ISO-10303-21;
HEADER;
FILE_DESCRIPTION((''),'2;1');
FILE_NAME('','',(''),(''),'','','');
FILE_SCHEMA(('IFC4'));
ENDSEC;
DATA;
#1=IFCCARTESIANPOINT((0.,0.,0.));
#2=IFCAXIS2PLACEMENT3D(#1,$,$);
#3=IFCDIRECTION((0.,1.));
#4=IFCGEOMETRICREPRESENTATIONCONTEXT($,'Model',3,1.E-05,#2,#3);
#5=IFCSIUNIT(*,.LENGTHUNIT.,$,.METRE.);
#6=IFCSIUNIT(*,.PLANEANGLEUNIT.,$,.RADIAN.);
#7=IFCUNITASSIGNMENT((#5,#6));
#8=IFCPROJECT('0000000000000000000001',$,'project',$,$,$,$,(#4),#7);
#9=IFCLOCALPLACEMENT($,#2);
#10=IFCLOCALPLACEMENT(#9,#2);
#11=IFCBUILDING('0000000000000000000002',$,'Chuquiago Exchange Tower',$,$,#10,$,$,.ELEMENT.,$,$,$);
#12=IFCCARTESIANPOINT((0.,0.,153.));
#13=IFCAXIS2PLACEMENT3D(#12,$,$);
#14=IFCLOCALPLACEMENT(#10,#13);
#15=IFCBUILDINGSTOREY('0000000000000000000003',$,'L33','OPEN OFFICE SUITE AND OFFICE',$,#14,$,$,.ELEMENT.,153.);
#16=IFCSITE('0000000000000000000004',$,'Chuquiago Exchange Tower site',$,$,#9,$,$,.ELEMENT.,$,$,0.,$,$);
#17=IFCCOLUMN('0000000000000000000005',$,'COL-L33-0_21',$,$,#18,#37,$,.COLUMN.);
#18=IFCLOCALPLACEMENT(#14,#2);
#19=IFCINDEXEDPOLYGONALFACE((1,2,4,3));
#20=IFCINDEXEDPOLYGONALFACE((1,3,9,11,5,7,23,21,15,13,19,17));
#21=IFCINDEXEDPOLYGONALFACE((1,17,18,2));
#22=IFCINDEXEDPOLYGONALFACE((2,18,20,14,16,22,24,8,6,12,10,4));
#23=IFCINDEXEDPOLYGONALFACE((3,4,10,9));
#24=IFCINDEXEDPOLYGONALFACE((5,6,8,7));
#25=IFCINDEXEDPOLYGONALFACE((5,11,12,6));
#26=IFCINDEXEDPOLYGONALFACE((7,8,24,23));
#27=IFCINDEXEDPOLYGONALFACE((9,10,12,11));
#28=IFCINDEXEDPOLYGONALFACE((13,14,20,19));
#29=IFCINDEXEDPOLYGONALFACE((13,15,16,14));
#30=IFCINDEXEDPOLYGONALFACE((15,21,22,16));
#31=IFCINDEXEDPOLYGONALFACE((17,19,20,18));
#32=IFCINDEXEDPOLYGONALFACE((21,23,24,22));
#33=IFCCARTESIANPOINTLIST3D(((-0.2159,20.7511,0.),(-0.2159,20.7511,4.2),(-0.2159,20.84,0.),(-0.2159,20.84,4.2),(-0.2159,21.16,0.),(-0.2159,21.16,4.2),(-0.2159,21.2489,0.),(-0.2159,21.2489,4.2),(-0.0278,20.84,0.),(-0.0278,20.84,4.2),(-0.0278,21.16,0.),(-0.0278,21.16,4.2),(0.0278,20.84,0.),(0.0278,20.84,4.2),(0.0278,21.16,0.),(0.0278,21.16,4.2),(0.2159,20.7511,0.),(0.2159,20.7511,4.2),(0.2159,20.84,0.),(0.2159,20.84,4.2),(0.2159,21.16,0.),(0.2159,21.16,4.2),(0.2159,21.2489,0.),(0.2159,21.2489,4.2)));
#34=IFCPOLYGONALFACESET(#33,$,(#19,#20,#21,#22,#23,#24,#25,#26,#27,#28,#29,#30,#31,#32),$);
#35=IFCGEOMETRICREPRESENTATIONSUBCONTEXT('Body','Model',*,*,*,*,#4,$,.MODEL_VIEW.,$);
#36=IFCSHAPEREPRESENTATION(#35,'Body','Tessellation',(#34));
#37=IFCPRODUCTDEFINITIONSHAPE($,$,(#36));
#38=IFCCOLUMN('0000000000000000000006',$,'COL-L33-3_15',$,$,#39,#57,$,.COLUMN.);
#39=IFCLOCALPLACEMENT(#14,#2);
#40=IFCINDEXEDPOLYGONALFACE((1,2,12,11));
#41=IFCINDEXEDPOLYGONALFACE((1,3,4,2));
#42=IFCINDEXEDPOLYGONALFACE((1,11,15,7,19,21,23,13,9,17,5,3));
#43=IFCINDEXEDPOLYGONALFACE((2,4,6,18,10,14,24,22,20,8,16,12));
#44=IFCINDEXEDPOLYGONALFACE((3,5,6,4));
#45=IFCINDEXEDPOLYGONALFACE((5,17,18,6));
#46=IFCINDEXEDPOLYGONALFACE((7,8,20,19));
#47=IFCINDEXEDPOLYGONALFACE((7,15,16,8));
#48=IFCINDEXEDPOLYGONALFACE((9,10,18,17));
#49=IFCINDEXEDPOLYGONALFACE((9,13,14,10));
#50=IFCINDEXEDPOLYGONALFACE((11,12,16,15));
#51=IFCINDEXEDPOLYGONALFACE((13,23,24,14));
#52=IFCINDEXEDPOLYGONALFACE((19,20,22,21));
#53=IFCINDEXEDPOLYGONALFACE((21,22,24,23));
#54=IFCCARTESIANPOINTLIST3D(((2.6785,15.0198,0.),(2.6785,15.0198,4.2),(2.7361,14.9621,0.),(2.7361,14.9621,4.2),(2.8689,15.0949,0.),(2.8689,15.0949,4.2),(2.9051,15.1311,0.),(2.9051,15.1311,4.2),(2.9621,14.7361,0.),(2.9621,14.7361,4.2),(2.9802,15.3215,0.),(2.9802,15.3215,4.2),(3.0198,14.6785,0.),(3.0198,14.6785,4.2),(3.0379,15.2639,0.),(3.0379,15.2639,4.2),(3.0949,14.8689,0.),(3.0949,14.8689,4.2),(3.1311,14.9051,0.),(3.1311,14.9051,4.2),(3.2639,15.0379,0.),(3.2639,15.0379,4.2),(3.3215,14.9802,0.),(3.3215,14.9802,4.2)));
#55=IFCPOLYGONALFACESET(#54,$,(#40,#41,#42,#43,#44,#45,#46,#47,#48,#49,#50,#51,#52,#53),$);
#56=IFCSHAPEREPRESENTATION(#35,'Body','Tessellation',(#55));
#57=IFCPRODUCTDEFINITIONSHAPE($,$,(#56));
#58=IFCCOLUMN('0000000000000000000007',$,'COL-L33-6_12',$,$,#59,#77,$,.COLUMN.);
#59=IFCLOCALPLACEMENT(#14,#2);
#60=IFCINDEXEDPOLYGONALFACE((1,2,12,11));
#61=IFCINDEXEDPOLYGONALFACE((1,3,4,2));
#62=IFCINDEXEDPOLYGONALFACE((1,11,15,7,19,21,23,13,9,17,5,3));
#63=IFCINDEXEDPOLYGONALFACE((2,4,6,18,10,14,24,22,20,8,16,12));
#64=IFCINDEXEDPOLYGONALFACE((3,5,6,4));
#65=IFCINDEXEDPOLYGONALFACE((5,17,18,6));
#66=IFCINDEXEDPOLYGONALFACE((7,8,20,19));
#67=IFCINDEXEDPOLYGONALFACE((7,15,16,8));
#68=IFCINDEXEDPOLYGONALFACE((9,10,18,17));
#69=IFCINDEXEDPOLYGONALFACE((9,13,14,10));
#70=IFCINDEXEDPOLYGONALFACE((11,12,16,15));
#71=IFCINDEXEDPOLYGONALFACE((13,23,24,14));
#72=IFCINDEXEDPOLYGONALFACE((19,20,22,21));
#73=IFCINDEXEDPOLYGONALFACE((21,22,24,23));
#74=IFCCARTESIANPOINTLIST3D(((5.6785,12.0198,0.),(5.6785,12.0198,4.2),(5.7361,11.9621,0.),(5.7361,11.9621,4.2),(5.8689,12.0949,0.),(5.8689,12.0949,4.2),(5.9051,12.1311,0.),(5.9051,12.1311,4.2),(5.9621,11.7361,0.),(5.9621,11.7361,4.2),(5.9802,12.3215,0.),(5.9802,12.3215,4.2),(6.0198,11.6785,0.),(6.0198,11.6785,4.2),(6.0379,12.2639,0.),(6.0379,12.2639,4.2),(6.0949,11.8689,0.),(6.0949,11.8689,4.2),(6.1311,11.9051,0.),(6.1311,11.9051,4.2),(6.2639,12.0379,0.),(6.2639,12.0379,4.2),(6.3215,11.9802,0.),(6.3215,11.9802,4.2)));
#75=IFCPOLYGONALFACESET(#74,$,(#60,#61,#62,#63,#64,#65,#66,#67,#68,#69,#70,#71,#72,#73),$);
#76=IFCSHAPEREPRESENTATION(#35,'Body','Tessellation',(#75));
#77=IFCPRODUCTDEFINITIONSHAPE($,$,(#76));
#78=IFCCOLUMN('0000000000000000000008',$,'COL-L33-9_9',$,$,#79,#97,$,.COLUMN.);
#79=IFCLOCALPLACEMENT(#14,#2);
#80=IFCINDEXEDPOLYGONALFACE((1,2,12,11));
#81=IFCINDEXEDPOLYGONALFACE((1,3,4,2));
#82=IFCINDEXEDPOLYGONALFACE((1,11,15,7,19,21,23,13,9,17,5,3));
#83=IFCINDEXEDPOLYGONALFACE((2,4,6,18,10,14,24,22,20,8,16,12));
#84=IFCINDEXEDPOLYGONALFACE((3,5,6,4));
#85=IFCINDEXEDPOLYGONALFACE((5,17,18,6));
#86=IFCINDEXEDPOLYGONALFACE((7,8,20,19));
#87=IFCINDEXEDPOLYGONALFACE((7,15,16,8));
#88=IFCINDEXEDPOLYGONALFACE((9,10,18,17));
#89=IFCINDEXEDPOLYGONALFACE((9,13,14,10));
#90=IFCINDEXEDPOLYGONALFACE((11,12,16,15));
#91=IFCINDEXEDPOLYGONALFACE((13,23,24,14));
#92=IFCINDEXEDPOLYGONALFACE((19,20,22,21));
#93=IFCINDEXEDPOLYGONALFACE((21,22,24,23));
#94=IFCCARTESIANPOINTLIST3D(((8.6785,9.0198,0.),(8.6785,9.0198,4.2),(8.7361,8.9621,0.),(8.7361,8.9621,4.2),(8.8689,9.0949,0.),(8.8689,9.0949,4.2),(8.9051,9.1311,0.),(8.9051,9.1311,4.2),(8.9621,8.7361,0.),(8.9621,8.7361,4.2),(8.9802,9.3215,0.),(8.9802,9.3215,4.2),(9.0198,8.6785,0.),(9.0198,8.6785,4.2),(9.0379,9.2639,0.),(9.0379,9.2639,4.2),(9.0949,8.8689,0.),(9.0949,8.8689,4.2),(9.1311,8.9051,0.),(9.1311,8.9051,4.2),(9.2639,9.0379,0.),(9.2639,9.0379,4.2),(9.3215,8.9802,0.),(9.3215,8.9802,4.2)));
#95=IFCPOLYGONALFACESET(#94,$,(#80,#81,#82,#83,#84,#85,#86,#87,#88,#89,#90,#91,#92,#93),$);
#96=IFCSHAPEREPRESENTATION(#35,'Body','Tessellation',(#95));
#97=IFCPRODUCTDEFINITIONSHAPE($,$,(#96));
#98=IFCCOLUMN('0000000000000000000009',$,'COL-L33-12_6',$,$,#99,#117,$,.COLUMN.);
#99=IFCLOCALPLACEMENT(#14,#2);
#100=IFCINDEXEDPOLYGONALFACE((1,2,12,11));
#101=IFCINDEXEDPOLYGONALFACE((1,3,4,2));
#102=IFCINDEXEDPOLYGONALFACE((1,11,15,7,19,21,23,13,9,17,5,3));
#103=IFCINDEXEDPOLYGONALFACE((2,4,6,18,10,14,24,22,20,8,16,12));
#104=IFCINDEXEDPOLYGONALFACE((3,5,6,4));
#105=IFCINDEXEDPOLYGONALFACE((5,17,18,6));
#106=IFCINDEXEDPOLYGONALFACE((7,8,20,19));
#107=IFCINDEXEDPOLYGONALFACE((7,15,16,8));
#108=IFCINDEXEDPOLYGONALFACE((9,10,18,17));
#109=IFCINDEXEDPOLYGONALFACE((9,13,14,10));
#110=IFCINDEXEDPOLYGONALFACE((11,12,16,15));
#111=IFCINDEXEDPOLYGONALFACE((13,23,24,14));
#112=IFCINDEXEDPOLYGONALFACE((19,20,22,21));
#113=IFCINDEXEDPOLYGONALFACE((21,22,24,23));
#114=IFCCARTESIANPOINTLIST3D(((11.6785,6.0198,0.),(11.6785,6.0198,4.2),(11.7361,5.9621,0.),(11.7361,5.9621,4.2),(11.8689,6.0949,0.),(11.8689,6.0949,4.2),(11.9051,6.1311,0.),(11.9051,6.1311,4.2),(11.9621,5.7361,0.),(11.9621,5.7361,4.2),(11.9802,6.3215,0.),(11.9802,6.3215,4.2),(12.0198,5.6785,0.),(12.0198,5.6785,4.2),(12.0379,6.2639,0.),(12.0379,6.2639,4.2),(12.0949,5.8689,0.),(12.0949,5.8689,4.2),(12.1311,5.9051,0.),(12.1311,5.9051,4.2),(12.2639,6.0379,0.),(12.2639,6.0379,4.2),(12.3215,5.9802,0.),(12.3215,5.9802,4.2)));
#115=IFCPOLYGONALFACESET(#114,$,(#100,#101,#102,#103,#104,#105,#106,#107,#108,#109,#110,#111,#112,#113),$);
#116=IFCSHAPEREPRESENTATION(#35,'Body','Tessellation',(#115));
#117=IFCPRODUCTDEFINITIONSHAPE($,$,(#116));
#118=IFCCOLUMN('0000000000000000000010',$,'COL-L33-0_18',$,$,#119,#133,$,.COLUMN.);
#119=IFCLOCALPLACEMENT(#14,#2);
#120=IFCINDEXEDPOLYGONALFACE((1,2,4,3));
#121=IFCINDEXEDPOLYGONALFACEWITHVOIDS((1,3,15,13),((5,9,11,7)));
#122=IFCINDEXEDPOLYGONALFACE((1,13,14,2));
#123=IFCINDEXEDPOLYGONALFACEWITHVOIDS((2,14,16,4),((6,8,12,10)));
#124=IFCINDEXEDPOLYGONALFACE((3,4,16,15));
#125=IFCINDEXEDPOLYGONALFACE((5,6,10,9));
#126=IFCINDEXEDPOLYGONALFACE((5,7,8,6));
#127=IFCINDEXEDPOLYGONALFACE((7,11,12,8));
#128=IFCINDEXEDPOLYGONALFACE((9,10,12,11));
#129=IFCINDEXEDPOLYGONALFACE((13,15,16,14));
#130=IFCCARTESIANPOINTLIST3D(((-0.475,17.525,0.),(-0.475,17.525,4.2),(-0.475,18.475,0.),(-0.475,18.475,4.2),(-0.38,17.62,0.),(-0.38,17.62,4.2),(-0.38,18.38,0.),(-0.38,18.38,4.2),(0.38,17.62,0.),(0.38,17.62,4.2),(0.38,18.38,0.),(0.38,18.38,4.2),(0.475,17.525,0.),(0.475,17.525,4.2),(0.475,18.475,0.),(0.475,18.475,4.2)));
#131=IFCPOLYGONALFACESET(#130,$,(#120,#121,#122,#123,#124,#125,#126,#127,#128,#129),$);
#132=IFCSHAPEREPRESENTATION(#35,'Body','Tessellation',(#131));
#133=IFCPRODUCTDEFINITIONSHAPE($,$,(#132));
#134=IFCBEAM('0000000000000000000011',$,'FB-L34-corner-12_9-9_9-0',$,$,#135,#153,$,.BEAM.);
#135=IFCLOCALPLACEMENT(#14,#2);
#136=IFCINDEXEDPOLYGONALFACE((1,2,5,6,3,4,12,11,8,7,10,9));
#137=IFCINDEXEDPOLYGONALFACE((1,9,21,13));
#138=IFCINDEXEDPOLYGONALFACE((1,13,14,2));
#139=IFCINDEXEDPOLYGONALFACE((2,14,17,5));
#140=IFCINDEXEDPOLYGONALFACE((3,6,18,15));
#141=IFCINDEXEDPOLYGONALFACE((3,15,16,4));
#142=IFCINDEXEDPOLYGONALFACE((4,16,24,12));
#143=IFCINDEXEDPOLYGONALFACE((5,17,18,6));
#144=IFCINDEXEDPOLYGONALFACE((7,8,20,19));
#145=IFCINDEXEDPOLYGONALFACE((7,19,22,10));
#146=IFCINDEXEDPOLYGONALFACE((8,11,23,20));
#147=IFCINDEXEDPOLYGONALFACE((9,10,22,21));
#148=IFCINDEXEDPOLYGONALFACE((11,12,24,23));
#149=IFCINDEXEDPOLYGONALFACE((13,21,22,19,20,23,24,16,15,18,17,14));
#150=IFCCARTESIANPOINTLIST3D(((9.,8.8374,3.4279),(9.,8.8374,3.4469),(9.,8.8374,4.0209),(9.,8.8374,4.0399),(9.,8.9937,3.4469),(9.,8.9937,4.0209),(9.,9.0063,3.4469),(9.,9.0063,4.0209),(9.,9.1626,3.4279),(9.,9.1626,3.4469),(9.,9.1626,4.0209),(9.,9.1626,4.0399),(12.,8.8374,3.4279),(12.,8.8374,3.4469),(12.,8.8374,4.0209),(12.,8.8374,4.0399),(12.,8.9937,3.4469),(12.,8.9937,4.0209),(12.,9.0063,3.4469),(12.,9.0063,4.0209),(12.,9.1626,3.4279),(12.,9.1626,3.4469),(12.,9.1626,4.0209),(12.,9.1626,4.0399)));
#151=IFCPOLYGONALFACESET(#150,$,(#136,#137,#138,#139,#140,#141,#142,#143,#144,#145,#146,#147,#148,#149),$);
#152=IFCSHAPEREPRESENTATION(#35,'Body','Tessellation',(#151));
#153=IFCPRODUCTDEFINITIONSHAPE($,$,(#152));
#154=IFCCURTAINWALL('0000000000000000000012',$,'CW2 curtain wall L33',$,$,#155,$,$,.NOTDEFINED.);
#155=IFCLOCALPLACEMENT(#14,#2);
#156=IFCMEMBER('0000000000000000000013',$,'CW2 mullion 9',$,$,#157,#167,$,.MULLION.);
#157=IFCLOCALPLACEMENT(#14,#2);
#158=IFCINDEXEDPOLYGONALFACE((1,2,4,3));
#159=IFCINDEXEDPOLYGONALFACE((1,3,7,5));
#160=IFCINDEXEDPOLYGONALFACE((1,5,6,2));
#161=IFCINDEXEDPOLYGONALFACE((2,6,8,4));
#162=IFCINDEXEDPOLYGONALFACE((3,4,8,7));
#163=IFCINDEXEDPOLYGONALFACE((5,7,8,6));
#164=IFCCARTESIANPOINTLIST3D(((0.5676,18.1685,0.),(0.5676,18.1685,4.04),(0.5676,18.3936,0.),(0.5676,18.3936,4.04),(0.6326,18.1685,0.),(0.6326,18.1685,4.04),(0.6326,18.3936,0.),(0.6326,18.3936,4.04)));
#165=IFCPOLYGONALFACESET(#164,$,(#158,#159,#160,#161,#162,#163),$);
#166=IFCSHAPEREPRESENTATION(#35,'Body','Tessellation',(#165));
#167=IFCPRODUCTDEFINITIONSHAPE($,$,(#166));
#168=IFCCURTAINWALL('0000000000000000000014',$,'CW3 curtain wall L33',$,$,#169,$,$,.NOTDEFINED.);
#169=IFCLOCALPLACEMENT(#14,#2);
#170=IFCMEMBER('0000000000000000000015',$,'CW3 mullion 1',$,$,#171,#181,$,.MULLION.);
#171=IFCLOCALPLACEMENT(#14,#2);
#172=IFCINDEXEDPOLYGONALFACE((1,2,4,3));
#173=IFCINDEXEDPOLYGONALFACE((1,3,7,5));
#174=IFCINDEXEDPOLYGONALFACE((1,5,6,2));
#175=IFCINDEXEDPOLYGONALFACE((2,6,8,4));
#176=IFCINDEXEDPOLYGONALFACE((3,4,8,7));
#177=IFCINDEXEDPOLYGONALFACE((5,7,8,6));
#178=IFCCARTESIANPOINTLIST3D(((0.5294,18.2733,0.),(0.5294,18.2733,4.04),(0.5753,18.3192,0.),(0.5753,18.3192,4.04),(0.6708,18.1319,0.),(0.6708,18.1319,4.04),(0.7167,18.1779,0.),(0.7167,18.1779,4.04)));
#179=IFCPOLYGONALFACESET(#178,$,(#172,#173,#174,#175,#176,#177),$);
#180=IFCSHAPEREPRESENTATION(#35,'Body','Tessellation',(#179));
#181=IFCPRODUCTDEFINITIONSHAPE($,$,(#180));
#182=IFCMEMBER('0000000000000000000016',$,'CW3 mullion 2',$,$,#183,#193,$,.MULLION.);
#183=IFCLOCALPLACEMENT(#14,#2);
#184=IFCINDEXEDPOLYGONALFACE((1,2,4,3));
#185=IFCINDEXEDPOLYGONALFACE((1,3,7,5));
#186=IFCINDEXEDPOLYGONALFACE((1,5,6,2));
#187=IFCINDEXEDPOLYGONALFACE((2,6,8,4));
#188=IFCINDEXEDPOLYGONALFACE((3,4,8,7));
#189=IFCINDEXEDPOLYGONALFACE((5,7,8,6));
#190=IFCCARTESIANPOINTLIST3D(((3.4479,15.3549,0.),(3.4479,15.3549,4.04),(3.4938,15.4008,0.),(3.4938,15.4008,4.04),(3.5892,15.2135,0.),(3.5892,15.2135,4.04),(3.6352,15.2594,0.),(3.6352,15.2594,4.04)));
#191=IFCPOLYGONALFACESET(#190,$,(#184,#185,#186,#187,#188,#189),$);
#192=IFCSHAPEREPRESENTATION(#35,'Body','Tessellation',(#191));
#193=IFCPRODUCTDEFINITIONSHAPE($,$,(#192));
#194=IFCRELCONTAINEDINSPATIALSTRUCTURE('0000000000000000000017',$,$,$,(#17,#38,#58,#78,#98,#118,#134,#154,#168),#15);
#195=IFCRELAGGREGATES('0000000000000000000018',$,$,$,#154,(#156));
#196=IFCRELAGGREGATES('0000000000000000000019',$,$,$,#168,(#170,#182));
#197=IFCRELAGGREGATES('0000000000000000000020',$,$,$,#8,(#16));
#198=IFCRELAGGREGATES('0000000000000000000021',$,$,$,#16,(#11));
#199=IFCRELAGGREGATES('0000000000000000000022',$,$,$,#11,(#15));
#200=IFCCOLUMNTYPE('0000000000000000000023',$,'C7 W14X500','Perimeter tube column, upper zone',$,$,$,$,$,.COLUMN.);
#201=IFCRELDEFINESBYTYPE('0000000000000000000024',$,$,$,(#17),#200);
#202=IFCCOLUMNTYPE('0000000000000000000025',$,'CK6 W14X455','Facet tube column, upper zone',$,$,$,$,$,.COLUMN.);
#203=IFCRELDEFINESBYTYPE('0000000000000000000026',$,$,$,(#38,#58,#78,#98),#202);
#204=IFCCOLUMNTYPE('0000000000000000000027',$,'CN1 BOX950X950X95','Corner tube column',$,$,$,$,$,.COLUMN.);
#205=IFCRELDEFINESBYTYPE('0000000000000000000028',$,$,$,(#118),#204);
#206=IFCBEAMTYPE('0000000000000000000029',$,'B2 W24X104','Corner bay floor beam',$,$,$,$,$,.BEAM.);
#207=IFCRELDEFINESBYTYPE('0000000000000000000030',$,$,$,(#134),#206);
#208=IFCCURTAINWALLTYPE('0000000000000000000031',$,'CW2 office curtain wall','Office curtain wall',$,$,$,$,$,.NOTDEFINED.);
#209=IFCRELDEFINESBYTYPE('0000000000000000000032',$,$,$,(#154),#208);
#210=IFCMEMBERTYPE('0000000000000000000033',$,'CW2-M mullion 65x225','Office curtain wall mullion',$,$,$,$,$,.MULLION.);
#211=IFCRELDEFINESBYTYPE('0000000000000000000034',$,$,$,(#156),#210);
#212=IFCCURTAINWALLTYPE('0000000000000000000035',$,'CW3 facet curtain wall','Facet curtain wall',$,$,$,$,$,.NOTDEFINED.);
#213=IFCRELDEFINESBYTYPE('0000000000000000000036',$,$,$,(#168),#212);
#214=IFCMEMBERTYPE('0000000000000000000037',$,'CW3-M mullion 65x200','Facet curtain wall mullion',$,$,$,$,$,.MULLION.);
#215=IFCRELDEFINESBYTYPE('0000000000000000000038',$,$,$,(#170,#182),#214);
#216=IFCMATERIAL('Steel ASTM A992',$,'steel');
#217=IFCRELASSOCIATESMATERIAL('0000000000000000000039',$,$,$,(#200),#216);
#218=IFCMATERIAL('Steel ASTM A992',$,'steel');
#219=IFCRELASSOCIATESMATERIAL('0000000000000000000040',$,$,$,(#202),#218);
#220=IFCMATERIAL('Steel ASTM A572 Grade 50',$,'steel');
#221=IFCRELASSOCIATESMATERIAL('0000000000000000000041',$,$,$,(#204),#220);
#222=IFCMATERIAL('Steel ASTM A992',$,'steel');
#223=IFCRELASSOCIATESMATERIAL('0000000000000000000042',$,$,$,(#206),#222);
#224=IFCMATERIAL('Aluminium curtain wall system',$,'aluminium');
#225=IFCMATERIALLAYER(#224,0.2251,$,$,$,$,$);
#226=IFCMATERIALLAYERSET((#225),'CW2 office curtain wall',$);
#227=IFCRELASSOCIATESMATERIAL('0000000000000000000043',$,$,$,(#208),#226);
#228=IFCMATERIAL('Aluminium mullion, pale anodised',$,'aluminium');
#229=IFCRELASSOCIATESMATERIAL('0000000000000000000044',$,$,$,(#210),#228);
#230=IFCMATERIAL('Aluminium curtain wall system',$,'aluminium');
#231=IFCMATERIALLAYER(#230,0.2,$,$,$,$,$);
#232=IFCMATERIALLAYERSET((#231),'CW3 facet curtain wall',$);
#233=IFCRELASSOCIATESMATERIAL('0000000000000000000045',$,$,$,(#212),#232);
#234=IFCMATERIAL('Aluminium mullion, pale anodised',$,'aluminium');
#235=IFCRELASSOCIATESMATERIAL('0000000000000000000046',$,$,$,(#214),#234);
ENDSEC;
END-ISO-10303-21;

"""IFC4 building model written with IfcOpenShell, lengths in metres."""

from ifc_helpers import new_model, si_unit, direction, frame, origin, origin_2d, place, context, subcontext, project, spatial, rectangle, hollow_rectangle, i_section, extrude, material, layer, layer_set, material_profile, profile_set, type_object, element, aggregate, save


model = new_model("IFC4")

# Units and contexts
model_context = context("Model", 3, precision=1e-05, world=origin(), true_north=direction((0.0, 1.0)))
body_context = subcontext(model_context, "Body", "Model", "MODEL_VIEW")
ifc_project = project(units=[si_unit("LENGTHUNIT", "METRE"), si_unit("PLANEANGLEUNIT", "RADIAN")], contexts=[model_context])

# Site, building, storey
site_placement = place(None, origin())
site = spatial("IfcSite", under=ifc_project, at=site_placement, Name="Chuquiago Exchange Tower site", CompositionType="ELEMENT", RefElevation=0.0)
building_placement = place(site_placement, origin())
building = spatial("IfcBuilding", under=site, at=building_placement, Name="Chuquiago Exchange Tower", CompositionType="ELEMENT")
storey_placement = place(building_placement, frame((0.0, 0.0, 153.0)))
storey = spatial("IfcBuildingStorey", under=building, at=storey_placement, Name="L33", Description="OPEN OFFICE SUITE AND OFFICE", CompositionType="ELEMENT", Elevation=153.0)

# Columns
ifc_material_1 = material(Name="Steel ASTM A992", Category="steel")
ifc_material_profile_1 = material_profile(ifc_material_1, i_section(OverallWidth=0.4319, OverallDepth=0.4978, WebThickness=0.0557, FlangeThickness=0.0889, at=origin_2d()), Name="W14X500")
ifc_profile_set_1 = profile_set([ifc_material_profile_1], Name="Steel ASTM A992")
column_type_1 = type_object("IfcColumnType", Name="C7 W14X500", Description="Perimeter tube column, upper zone", PredefinedType="COLUMN", material=ifc_profile_set_1)
column_1_placement = place(storey_placement, frame((0.0, 21.0, 0.0), z_axis=(0.0, 0.0, 1.0), x_axis=(-1.0, 0.0, 0.0)))
element("IfcColumn", 1, at=column_1_placement, inside=storey, type_object=column_type_1, Name="COL-L33-0_21", PredefinedType="COLUMN", context=body_context, shape_type="SweptSolid", body=[
    extrude(i_section(OverallWidth=0.4319, OverallDepth=0.4978, WebThickness=0.0557, FlangeThickness=0.0889, at=origin_2d()), origin(), (0.0, 0.0, 1.0), 4.2),
])
ifc_material_2 = material(Name="Steel ASTM A992", Category="steel")
ifc_material_profile_2 = material_profile(ifc_material_2, i_section(OverallWidth=0.4268, OverallDepth=0.4827, WebThickness=0.0513, FlangeThickness=0.0815, at=origin_2d()), Name="W14X455")
ifc_profile_set_2 = profile_set([ifc_material_profile_2], Name="Steel ASTM A992")
column_type_2 = type_object("IfcColumnType", Name="CK6 W14X455", Description="Facet tube column, upper zone", PredefinedType="COLUMN", material=ifc_profile_set_2)
for number, where, z_axis, x_axis, name in (
    (2, (3.0, 15.0, 0.0), (0.0, 0.0, 1.0), (-0.707107, -0.707107, 0.0), "COL-L33-3_15"),
    (3, (6.0, 12.0, 0.0), (0.0, 0.0, 1.0), (-0.707107, -0.707107, 0.0), "COL-L33-6_12"),
    (4, (9.0, 9.0, 0.0), (0.0, 0.0, 1.0), (-0.707107, -0.707107, 0.0), "COL-L33-9_9"),
    (5, (12.0, 6.0, 0.0), (0.0, 0.0, 1.0), (-0.707107, -0.707107, 0.0), "COL-L33-12_6"),
):
    element("IfcColumn", number, at=place(storey_placement, frame(where, z_axis=z_axis, x_axis=x_axis)), inside=storey, type_object=column_type_2, Name=name, PredefinedType="COLUMN", context=body_context, shape_type="SweptSolid", body=[
        extrude(i_section(OverallWidth=0.4268, OverallDepth=0.4827, WebThickness=0.0513, FlangeThickness=0.0815, at=origin_2d()), origin(), (0.0, 0.0, 1.0), 4.2),
    ])
ifc_material_3 = material(Name="Steel ASTM A572 Grade 50", Category="steel")
ifc_material_profile_3 = material_profile(ifc_material_3, hollow_rectangle(XDim=0.95, YDim=0.95, WallThickness=0.095, at=origin_2d()), Name="BOX950X950X95")
ifc_profile_set_3 = profile_set([ifc_material_profile_3], Name="Steel ASTM A572 Grade 50")
column_type_3 = type_object("IfcColumnType", Name="CN1 BOX950X950X95", Description="Corner tube column", PredefinedType="COLUMN", material=ifc_profile_set_3)
column_2_placement = place(storey_placement, frame((0.0, 18.0, 0.0), z_axis=(0.0, 0.0, 1.0), x_axis=(-1.0, 0.0, 0.0)))
element("IfcColumn", 6, at=column_2_placement, inside=storey, type_object=column_type_3, Name="COL-L33-0_18", PredefinedType="COLUMN", context=body_context, shape_type="SweptSolid", body=[
    extrude(hollow_rectangle(XDim=0.95, YDim=0.95, WallThickness=0.095, at=origin_2d()), origin(), (0.0, 0.0, 1.0), 4.2),
])

# Beam
ifc_material_4 = material(Name="Steel ASTM A992", Category="steel")
ifc_material_profile_4 = material_profile(ifc_material_4, i_section(OverallWidth=0.3252, OverallDepth=0.6121, WebThickness=0.0127, FlangeThickness=0.019, at=origin_2d()), Name="W24X104")
ifc_profile_set_4 = profile_set([ifc_material_profile_4], Name="Steel ASTM A992")
beam_type_1 = type_object("IfcBeamType", Name="B2 W24X104", Description="Corner bay floor beam", PredefinedType="BEAM", material=ifc_profile_set_4)
beam_placement = place(storey_placement, frame((12.0, 9.0, 3.7339), z_axis=(-1.0, 0.0, 0.0), x_axis=(0.0, -1.0, 0.0)))
element("IfcBeam", 7, at=beam_placement, inside=storey, type_object=beam_type_1, Name="FB-L34-corner-12_9-9_9-0", PredefinedType="BEAM", context=body_context, shape_type="SweptSolid", body=[
    extrude(i_section(OverallWidth=0.3252, OverallDepth=0.6121, WebThickness=0.0127, FlangeThickness=0.019, at=origin_2d()), origin(), (0.0, 0.0, 1.0), 3.0),
])

# Curtain wall, member
ifc_material_5 = material(Name="Aluminium curtain wall system", Category="aluminium")
ifc_layer_1 = layer(ifc_material_5, 0.2251)
ifc_layer_set_1 = layer_set([ifc_layer_1], Name="CW2 office curtain wall")
curtain_wall_type_1 = type_object("IfcCurtainWallType", Name="CW2 office curtain wall", Description="Office curtain wall", PredefinedType="NOTDEFINED", material=ifc_layer_set_1)
curtain_wall_1_placement = place(storey_placement, origin())
curtain_wall_1 = element("IfcCurtainWall", 8, at=curtain_wall_1_placement, inside=storey, type_object=curtain_wall_type_1, Name="CW2 curtain wall L33", PredefinedType="NOTDEFINED")
ifc_material_6 = material(Name="Aluminium mullion, pale anodised", Category="aluminium")
ifc_material_profile_5 = material_profile(ifc_material_6, rectangle(XDim=0.0649, YDim=0.2251, at=origin_2d()), Name="AL 65x225")
ifc_profile_set_5 = profile_set([ifc_material_profile_5], Name="Aluminium mullion, pale anodised")
member_type_1 = type_object("IfcMemberType", Name="CW2-M mullion 65x225", Description="Office curtain wall mullion", PredefinedType="MULLION", material=ifc_profile_set_5)
member_1_placement = place(storey_placement, frame((0.6001, 18.281, 0.0), z_axis=(0.0, 0.0, 1.0), x_axis=(1.0, 0.0, 0.0)))
member_1 = element("IfcMember", 9, at=member_1_placement, type_object=member_type_1, Name="CW2 mullion 9", PredefinedType="MULLION", context=body_context, shape_type="SweptSolid", body=[
    extrude(rectangle(XDim=0.0649, YDim=0.2251, at=origin_2d()), origin(), (0.0, 0.0, 1.0), 4.04),
])

# Curtain wall, members
ifc_material_7 = material(Name="Aluminium curtain wall system", Category="aluminium")
ifc_layer_2 = layer(ifc_material_7, 0.2)
ifc_layer_set_2 = layer_set([ifc_layer_2], Name="CW3 facet curtain wall")
curtain_wall_type_2 = type_object("IfcCurtainWallType", Name="CW3 facet curtain wall", Description="Facet curtain wall", PredefinedType="NOTDEFINED", material=ifc_layer_set_2)
curtain_wall_2_placement = place(storey_placement, origin())
curtain_wall_2 = element("IfcCurtainWall", 10, at=curtain_wall_2_placement, inside=storey, type_object=curtain_wall_type_2, Name="CW3 curtain wall L33", PredefinedType="NOTDEFINED")
ifc_material_8 = material(Name="Aluminium mullion, pale anodised", Category="aluminium")
ifc_material_profile_6 = material_profile(ifc_material_8, rectangle(XDim=0.0649, YDim=0.2, at=origin_2d()), Name="AL 65x200")
ifc_profile_set_6 = profile_set([ifc_material_profile_6], Name="Aluminium mullion, pale anodised")
member_type_2 = type_object("IfcMemberType", Name="CW3-M mullion 65x200", Description="Facet curtain wall mullion", PredefinedType="MULLION", material=ifc_profile_set_6)
member_2_placement = place(storey_placement, frame((0.623, 18.2256, 0.0), z_axis=(0.0, 0.0, 1.0), x_axis=(0.707107, 0.707107, 0.0)))
member_2 = element("IfcMember", 11, at=member_2_placement, type_object=member_type_2, Name="CW3 mullion 1", PredefinedType="MULLION", context=body_context, shape_type="SweptSolid", body=[
    extrude(rectangle(XDim=0.0649, YDim=0.2, at=origin_2d()), origin(), (0.0, 0.0, 1.0), 4.04),
])
member_3_placement = place(storey_placement, frame((3.5415, 15.3071, 0.0), z_axis=(0.0, 0.0, 1.0), x_axis=(0.707107, 0.707107, 0.0)))
member_3 = element("IfcMember", 12, at=member_3_placement, type_object=member_type_2, Name="CW3 mullion 2", PredefinedType="MULLION", context=body_context, shape_type="SweptSolid", body=[
    extrude(rectangle(XDim=0.0649, YDim=0.2, at=origin_2d()), origin(), (0.0, 0.0, 1.0), 4.04),
])

aggregate(curtain_wall_1, [member_1])
aggregate(curtain_wall_2, [member_2, member_3])

save(model, "model.ifc")
